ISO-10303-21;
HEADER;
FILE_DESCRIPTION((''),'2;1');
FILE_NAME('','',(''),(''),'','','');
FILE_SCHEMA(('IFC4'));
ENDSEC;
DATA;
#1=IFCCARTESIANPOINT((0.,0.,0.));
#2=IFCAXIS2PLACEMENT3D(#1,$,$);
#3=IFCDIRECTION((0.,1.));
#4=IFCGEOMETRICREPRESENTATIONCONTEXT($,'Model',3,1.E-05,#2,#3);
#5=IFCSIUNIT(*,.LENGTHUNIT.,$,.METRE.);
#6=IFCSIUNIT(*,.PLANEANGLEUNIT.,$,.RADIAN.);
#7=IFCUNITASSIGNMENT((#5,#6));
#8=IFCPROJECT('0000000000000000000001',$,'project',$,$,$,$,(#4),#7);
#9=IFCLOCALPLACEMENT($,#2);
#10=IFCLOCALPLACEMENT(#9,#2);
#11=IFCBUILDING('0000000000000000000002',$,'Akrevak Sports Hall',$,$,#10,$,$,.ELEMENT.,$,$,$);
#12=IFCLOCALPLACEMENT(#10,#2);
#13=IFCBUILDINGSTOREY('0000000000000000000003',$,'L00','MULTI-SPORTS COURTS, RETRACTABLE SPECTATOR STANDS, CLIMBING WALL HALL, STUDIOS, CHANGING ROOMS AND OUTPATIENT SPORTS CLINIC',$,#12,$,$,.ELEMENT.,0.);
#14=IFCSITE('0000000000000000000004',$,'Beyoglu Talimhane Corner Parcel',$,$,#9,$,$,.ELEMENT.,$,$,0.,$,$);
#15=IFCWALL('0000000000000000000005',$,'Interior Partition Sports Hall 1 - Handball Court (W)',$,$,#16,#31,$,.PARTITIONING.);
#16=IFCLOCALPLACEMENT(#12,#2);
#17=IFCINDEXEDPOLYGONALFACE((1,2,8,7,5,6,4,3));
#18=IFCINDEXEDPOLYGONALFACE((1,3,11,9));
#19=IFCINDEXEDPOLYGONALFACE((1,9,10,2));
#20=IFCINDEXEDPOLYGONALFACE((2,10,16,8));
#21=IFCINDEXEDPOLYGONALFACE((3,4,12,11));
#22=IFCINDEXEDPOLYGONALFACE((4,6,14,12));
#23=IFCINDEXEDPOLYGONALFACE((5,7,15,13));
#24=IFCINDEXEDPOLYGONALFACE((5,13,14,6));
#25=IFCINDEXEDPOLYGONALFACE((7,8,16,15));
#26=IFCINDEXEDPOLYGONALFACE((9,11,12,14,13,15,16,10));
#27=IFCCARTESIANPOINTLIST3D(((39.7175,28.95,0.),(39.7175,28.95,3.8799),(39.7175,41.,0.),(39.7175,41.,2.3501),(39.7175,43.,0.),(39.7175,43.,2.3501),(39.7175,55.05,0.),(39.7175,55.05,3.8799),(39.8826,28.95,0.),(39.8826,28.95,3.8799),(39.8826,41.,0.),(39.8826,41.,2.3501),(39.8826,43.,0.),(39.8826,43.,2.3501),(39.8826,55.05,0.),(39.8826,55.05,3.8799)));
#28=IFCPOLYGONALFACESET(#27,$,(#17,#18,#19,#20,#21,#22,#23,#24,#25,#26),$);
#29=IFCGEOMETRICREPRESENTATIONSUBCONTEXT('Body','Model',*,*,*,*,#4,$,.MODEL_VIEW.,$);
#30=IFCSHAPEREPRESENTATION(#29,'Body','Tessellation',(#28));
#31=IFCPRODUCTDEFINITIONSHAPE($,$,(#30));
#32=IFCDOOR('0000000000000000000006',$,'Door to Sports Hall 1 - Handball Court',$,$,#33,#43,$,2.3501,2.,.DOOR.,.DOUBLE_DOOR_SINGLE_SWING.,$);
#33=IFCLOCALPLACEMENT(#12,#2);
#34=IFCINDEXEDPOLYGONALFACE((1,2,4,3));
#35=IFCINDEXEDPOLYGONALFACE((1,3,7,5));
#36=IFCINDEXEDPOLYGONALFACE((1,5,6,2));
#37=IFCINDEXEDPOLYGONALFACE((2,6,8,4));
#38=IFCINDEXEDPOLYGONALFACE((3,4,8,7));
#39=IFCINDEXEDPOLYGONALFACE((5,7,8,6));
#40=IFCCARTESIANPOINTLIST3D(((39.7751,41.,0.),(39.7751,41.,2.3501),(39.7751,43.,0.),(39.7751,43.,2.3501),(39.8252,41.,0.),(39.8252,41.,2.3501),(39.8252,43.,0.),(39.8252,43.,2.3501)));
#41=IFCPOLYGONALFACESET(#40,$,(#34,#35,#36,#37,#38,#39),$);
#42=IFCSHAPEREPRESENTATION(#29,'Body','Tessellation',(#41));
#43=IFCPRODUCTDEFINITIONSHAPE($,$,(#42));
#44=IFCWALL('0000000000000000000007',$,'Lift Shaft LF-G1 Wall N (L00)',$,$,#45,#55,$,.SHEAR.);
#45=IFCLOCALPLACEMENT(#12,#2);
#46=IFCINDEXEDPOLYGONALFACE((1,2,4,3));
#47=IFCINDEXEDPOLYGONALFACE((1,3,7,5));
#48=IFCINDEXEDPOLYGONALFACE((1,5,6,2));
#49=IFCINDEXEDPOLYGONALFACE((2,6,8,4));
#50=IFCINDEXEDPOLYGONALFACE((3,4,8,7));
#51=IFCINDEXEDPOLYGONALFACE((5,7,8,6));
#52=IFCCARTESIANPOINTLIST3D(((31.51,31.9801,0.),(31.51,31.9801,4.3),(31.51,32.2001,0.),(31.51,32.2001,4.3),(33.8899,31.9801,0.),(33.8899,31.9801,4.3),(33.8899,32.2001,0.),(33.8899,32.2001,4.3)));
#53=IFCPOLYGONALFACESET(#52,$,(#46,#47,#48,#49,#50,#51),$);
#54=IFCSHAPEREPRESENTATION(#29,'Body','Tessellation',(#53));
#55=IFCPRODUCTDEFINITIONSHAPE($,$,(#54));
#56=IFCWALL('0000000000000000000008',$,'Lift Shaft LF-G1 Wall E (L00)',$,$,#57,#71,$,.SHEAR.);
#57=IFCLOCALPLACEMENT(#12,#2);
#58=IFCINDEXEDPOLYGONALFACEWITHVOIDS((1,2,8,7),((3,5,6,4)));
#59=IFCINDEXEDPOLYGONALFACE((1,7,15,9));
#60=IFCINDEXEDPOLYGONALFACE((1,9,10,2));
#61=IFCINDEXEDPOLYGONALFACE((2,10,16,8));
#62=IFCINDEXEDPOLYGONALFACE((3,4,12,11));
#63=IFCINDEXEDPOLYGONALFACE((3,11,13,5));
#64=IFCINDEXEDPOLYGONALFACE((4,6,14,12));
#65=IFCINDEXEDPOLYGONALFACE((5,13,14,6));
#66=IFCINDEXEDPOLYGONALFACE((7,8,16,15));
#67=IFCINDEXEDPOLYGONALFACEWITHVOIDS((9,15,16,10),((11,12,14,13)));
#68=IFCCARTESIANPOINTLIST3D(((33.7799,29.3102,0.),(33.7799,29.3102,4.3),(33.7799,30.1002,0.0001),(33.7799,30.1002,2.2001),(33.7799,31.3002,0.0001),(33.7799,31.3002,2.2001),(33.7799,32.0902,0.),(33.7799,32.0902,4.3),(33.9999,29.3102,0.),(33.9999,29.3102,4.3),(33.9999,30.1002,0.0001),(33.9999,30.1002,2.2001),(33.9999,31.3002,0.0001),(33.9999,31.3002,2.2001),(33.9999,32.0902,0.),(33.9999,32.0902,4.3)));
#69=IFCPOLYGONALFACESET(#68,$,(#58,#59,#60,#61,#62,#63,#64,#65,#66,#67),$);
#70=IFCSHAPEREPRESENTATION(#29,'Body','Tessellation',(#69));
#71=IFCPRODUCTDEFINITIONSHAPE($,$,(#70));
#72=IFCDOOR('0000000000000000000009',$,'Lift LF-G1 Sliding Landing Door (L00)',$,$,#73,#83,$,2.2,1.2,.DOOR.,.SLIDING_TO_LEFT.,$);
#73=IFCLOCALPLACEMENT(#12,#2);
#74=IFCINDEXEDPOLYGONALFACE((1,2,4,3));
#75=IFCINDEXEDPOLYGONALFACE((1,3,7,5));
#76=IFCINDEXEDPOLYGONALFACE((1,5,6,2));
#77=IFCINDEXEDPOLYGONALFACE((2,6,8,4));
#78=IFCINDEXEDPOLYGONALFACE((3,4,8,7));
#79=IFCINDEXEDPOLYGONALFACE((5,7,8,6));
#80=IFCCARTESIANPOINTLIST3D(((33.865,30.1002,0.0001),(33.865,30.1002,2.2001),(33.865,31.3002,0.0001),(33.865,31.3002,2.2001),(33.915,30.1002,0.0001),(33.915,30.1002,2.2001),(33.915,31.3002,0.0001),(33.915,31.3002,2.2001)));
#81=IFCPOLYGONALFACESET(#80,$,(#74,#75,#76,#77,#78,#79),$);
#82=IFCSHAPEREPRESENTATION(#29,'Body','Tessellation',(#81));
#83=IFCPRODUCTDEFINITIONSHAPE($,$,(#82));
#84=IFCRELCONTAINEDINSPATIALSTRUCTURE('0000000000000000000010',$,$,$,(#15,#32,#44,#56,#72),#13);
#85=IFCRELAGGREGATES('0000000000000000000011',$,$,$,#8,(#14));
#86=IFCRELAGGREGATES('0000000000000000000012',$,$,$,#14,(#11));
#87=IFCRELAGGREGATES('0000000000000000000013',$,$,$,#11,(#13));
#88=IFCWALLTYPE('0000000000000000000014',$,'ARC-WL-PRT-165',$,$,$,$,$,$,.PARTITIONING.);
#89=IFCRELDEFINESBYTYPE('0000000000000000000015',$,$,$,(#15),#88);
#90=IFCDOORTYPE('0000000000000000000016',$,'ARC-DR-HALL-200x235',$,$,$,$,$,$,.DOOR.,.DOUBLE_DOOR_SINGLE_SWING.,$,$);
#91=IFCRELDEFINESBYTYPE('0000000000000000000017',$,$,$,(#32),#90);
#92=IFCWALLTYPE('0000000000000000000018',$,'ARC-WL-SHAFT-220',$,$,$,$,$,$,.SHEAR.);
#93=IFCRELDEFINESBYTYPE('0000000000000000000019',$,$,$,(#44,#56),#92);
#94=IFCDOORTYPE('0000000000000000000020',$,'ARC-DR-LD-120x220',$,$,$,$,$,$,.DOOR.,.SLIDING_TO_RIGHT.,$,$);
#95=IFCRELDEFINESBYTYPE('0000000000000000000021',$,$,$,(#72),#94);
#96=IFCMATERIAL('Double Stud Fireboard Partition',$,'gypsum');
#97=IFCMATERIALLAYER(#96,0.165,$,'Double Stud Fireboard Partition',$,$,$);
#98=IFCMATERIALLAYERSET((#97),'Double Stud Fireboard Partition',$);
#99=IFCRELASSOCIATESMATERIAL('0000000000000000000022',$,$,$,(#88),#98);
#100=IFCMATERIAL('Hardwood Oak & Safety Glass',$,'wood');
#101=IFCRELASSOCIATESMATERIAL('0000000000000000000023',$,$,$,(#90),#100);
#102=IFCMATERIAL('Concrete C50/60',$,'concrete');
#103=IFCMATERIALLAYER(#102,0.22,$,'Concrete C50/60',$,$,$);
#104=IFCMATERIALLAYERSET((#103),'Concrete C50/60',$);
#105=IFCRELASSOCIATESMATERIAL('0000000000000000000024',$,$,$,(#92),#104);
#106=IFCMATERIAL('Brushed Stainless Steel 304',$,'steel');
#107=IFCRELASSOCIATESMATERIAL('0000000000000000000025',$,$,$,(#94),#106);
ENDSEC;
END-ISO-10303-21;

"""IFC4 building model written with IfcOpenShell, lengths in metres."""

from ifc_helpers import new_model, si_unit, direction, frame, frame_2d, origin, place, context, subcontext, project, spatial, rectangle, extrude, material, layer, layer_set, type_object, element, fill, save


model = new_model("IFC4")

# Units and contexts
model_context = context("Model", 3, precision=1e-05, world=origin(), true_north=direction((0.0, 1.0)))
body_context = subcontext(model_context, "Body", "Model", "MODEL_VIEW")
ifc_project = project(units=[si_unit("LENGTHUNIT", "METRE"), si_unit("PLANEANGLEUNIT", "RADIAN")], contexts=[model_context])

# Site, building, storey
site_placement = place(None, origin())
site = spatial("IfcSite", under=ifc_project, at=site_placement, Name="Beyoglu Talimhane Corner Parcel", CompositionType="ELEMENT", RefElevation=0.0)
building_placement = place(site_placement, origin())
building = spatial("IfcBuilding", under=site, at=building_placement, Name="Akrevak Sports Hall", CompositionType="ELEMENT")
storey_placement = place(building_placement, origin())
storey = spatial("IfcBuildingStorey", under=building, at=storey_placement, Name="L00", Description="MULTI-SPORTS COURTS, RETRACTABLE SPECTATOR STANDS, CLIMBING WALL HALL, STUDIOS, CHANGING ROOMS AND OUTPATIENT SPORTS CLINIC", CompositionType="ELEMENT", Elevation=0.0)

# Shared definitions
ifc_material_1 = material(Name="Double Stud Fireboard Partition", Category="gypsum")
ifc_layer_1 = layer(ifc_material_1, 0.165, Name="Double Stud Fireboard Partition")
ifc_layer_set_1 = layer_set([ifc_layer_1], Name="Double Stud Fireboard Partition")
wall_type_1 = type_object("IfcWallType", Name="ARC-WL-PRT-165", PredefinedType="PARTITIONING", material=ifc_layer_set_1)

# Wall, opening, door
wall_1_placement = place(storey_placement, frame((39.8, 28.95, 0.0), z_axis=(0.0, 0.0, 1.0), x_axis=(0.0, 1.0, 0.0)))
wall_1 = element("IfcWall", 1, at=wall_1_placement, inside=storey, type_object=wall_type_1, Name="Interior Partition Sports Hall 1 - Handball Court (W)", PredefinedType="PARTITIONING", context=body_context, shape_type="SweptSolid", body=[
    extrude(rectangle(XDim=26.1001, YDim=0.165, at=frame_2d((13.05, 0.0))), origin(), (0.0, 0.0, 1.0), 3.8799),
])
opening_1_placement = place(wall_1_placement, frame((12.05, 0.0, 0.0)))
opening_1 = element("IfcOpeningElement", 2, at=opening_1_placement, cuts=wall_1, PredefinedType="OPENING", context=body_context, shape_type="SweptSolid", body=[
    extrude(rectangle(XDim=2.0, YDim=2.3501, at=frame_2d((1.0, 1.175))), frame((0.0, 0.0945, 0.0), z_axis=(0.0, -1.0, 0.0), x_axis=(1.0, 0.0, 0.0)), (0.0, 0.0, 1.0), 0.189),
])
ifc_material_2 = material(Name="Hardwood Oak & Safety Glass", Category="wood")
door_type_1 = type_object("IfcDoorType", Name="ARC-DR-HALL-200x235", OperationType="DOUBLE_DOOR_SINGLE_SWING", PredefinedType="DOOR", material=ifc_material_2)
door_1_placement = place(opening_1_placement, origin())
door_1 = element("IfcDoor", 3, at=door_1_placement, inside=storey, type_object=door_type_1, Name="Door to Sports Hall 1 - Handball Court", OperationType="DOUBLE_DOOR_SINGLE_SWING", OverallHeight=2.3501, OverallWidth=2.0, PredefinedType="DOOR", context=body_context, shape_type="SweptSolid", body=[
    extrude(rectangle(XDim=2.0, YDim=2.3501, at=frame_2d((1.0, 1.175))), frame((0.0, 0.0249, 0.0), z_axis=(0.0, -1.0, 0.0), x_axis=(1.0, 0.0, 0.0)), (0.0, 0.0, 1.0), 0.05),
])
fill(opening_1, door_1)

# Wall
ifc_material_3 = material(Name="Concrete C50/60", Category="concrete")
ifc_layer_2 = layer(ifc_material_3, 0.22, Name="Concrete C50/60")
ifc_layer_set_2 = layer_set([ifc_layer_2], Name="Concrete C50/60")
wall_type_2 = type_object("IfcWallType", Name="ARC-WL-SHAFT-220", PredefinedType="SHEAR", material=ifc_layer_set_2)
wall_2_placement = place(storey_placement, frame((33.8899, 32.0901, 0.0), z_axis=(0.0, 0.0, 1.0), x_axis=(-1.0, 0.0, 0.0)))
element("IfcWall", 4, at=wall_2_placement, inside=storey, type_object=wall_type_2, Name="Lift Shaft LF-G1 Wall N (L00)", PredefinedType="SHEAR", context=body_context, shape_type="SweptSolid", body=[
    extrude(rectangle(XDim=2.3799, YDim=0.22, at=frame_2d((1.1899, 0.0))), origin(), (0.0, 0.0, 1.0), 4.3),
])

# Wall, opening, door
wall_3_placement = place(storey_placement, frame((33.8899, 29.3101, 0.0), z_axis=(0.0, 0.0, 1.0), x_axis=(0.0, 1.0, 0.0)))
wall_3 = element("IfcWall", 5, at=wall_3_placement, inside=storey, type_object=wall_type_2, Name="Lift Shaft LF-G1 Wall E (L00)", PredefinedType="SHEAR", context=body_context, shape_type="SweptSolid", body=[
    extrude(rectangle(XDim=2.78, YDim=0.22, at=frame_2d((1.3901, 0.0))), origin(), (0.0, 0.0, 1.0), 4.3),
])
opening_2_placement = place(wall_3_placement, frame((0.79, 0.0, 0.0)))
opening_2 = element("IfcOpeningElement", 6, at=opening_2_placement, cuts=wall_3, PredefinedType="OPENING", context=body_context, shape_type="SweptSolid", body=[
    extrude(rectangle(XDim=1.2, YDim=2.2, at=frame_2d((0.6001, 1.1001))), frame((0.0, 0.1221, 0.0), z_axis=(0.0, -1.0, 0.0), x_axis=(1.0, 0.0, 0.0)), (0.0, 0.0, 1.0), 0.2439),
])
ifc_material_4 = material(Name="Brushed Stainless Steel 304", Category="steel")
door_type_2 = type_object("IfcDoorType", Name="ARC-DR-LD-120x220", OperationType="SLIDING_TO_RIGHT", PredefinedType="DOOR", material=ifc_material_4)
door_2_placement = place(opening_2_placement, origin())
door_2 = element("IfcDoor", 7, at=door_2_placement, inside=storey, type_object=door_type_2, Name="Lift LF-G1 Sliding Landing Door (L00)", OperationType="SLIDING_TO_LEFT", OverallHeight=2.2, OverallWidth=1.2, PredefinedType="DOOR", context=body_context, shape_type="SweptSolid", body=[
    extrude(rectangle(XDim=1.2, YDim=2.2, at=frame_2d((0.6001, 1.1001))), frame((0.0, 0.0249, 0.0), z_axis=(0.0, -1.0, 0.0), x_axis=(1.0, 0.0, 0.0)), (0.0, 0.0, 1.0), 0.05),
])
fill(opening_2, door_2)

save(model, "model.ifc")
